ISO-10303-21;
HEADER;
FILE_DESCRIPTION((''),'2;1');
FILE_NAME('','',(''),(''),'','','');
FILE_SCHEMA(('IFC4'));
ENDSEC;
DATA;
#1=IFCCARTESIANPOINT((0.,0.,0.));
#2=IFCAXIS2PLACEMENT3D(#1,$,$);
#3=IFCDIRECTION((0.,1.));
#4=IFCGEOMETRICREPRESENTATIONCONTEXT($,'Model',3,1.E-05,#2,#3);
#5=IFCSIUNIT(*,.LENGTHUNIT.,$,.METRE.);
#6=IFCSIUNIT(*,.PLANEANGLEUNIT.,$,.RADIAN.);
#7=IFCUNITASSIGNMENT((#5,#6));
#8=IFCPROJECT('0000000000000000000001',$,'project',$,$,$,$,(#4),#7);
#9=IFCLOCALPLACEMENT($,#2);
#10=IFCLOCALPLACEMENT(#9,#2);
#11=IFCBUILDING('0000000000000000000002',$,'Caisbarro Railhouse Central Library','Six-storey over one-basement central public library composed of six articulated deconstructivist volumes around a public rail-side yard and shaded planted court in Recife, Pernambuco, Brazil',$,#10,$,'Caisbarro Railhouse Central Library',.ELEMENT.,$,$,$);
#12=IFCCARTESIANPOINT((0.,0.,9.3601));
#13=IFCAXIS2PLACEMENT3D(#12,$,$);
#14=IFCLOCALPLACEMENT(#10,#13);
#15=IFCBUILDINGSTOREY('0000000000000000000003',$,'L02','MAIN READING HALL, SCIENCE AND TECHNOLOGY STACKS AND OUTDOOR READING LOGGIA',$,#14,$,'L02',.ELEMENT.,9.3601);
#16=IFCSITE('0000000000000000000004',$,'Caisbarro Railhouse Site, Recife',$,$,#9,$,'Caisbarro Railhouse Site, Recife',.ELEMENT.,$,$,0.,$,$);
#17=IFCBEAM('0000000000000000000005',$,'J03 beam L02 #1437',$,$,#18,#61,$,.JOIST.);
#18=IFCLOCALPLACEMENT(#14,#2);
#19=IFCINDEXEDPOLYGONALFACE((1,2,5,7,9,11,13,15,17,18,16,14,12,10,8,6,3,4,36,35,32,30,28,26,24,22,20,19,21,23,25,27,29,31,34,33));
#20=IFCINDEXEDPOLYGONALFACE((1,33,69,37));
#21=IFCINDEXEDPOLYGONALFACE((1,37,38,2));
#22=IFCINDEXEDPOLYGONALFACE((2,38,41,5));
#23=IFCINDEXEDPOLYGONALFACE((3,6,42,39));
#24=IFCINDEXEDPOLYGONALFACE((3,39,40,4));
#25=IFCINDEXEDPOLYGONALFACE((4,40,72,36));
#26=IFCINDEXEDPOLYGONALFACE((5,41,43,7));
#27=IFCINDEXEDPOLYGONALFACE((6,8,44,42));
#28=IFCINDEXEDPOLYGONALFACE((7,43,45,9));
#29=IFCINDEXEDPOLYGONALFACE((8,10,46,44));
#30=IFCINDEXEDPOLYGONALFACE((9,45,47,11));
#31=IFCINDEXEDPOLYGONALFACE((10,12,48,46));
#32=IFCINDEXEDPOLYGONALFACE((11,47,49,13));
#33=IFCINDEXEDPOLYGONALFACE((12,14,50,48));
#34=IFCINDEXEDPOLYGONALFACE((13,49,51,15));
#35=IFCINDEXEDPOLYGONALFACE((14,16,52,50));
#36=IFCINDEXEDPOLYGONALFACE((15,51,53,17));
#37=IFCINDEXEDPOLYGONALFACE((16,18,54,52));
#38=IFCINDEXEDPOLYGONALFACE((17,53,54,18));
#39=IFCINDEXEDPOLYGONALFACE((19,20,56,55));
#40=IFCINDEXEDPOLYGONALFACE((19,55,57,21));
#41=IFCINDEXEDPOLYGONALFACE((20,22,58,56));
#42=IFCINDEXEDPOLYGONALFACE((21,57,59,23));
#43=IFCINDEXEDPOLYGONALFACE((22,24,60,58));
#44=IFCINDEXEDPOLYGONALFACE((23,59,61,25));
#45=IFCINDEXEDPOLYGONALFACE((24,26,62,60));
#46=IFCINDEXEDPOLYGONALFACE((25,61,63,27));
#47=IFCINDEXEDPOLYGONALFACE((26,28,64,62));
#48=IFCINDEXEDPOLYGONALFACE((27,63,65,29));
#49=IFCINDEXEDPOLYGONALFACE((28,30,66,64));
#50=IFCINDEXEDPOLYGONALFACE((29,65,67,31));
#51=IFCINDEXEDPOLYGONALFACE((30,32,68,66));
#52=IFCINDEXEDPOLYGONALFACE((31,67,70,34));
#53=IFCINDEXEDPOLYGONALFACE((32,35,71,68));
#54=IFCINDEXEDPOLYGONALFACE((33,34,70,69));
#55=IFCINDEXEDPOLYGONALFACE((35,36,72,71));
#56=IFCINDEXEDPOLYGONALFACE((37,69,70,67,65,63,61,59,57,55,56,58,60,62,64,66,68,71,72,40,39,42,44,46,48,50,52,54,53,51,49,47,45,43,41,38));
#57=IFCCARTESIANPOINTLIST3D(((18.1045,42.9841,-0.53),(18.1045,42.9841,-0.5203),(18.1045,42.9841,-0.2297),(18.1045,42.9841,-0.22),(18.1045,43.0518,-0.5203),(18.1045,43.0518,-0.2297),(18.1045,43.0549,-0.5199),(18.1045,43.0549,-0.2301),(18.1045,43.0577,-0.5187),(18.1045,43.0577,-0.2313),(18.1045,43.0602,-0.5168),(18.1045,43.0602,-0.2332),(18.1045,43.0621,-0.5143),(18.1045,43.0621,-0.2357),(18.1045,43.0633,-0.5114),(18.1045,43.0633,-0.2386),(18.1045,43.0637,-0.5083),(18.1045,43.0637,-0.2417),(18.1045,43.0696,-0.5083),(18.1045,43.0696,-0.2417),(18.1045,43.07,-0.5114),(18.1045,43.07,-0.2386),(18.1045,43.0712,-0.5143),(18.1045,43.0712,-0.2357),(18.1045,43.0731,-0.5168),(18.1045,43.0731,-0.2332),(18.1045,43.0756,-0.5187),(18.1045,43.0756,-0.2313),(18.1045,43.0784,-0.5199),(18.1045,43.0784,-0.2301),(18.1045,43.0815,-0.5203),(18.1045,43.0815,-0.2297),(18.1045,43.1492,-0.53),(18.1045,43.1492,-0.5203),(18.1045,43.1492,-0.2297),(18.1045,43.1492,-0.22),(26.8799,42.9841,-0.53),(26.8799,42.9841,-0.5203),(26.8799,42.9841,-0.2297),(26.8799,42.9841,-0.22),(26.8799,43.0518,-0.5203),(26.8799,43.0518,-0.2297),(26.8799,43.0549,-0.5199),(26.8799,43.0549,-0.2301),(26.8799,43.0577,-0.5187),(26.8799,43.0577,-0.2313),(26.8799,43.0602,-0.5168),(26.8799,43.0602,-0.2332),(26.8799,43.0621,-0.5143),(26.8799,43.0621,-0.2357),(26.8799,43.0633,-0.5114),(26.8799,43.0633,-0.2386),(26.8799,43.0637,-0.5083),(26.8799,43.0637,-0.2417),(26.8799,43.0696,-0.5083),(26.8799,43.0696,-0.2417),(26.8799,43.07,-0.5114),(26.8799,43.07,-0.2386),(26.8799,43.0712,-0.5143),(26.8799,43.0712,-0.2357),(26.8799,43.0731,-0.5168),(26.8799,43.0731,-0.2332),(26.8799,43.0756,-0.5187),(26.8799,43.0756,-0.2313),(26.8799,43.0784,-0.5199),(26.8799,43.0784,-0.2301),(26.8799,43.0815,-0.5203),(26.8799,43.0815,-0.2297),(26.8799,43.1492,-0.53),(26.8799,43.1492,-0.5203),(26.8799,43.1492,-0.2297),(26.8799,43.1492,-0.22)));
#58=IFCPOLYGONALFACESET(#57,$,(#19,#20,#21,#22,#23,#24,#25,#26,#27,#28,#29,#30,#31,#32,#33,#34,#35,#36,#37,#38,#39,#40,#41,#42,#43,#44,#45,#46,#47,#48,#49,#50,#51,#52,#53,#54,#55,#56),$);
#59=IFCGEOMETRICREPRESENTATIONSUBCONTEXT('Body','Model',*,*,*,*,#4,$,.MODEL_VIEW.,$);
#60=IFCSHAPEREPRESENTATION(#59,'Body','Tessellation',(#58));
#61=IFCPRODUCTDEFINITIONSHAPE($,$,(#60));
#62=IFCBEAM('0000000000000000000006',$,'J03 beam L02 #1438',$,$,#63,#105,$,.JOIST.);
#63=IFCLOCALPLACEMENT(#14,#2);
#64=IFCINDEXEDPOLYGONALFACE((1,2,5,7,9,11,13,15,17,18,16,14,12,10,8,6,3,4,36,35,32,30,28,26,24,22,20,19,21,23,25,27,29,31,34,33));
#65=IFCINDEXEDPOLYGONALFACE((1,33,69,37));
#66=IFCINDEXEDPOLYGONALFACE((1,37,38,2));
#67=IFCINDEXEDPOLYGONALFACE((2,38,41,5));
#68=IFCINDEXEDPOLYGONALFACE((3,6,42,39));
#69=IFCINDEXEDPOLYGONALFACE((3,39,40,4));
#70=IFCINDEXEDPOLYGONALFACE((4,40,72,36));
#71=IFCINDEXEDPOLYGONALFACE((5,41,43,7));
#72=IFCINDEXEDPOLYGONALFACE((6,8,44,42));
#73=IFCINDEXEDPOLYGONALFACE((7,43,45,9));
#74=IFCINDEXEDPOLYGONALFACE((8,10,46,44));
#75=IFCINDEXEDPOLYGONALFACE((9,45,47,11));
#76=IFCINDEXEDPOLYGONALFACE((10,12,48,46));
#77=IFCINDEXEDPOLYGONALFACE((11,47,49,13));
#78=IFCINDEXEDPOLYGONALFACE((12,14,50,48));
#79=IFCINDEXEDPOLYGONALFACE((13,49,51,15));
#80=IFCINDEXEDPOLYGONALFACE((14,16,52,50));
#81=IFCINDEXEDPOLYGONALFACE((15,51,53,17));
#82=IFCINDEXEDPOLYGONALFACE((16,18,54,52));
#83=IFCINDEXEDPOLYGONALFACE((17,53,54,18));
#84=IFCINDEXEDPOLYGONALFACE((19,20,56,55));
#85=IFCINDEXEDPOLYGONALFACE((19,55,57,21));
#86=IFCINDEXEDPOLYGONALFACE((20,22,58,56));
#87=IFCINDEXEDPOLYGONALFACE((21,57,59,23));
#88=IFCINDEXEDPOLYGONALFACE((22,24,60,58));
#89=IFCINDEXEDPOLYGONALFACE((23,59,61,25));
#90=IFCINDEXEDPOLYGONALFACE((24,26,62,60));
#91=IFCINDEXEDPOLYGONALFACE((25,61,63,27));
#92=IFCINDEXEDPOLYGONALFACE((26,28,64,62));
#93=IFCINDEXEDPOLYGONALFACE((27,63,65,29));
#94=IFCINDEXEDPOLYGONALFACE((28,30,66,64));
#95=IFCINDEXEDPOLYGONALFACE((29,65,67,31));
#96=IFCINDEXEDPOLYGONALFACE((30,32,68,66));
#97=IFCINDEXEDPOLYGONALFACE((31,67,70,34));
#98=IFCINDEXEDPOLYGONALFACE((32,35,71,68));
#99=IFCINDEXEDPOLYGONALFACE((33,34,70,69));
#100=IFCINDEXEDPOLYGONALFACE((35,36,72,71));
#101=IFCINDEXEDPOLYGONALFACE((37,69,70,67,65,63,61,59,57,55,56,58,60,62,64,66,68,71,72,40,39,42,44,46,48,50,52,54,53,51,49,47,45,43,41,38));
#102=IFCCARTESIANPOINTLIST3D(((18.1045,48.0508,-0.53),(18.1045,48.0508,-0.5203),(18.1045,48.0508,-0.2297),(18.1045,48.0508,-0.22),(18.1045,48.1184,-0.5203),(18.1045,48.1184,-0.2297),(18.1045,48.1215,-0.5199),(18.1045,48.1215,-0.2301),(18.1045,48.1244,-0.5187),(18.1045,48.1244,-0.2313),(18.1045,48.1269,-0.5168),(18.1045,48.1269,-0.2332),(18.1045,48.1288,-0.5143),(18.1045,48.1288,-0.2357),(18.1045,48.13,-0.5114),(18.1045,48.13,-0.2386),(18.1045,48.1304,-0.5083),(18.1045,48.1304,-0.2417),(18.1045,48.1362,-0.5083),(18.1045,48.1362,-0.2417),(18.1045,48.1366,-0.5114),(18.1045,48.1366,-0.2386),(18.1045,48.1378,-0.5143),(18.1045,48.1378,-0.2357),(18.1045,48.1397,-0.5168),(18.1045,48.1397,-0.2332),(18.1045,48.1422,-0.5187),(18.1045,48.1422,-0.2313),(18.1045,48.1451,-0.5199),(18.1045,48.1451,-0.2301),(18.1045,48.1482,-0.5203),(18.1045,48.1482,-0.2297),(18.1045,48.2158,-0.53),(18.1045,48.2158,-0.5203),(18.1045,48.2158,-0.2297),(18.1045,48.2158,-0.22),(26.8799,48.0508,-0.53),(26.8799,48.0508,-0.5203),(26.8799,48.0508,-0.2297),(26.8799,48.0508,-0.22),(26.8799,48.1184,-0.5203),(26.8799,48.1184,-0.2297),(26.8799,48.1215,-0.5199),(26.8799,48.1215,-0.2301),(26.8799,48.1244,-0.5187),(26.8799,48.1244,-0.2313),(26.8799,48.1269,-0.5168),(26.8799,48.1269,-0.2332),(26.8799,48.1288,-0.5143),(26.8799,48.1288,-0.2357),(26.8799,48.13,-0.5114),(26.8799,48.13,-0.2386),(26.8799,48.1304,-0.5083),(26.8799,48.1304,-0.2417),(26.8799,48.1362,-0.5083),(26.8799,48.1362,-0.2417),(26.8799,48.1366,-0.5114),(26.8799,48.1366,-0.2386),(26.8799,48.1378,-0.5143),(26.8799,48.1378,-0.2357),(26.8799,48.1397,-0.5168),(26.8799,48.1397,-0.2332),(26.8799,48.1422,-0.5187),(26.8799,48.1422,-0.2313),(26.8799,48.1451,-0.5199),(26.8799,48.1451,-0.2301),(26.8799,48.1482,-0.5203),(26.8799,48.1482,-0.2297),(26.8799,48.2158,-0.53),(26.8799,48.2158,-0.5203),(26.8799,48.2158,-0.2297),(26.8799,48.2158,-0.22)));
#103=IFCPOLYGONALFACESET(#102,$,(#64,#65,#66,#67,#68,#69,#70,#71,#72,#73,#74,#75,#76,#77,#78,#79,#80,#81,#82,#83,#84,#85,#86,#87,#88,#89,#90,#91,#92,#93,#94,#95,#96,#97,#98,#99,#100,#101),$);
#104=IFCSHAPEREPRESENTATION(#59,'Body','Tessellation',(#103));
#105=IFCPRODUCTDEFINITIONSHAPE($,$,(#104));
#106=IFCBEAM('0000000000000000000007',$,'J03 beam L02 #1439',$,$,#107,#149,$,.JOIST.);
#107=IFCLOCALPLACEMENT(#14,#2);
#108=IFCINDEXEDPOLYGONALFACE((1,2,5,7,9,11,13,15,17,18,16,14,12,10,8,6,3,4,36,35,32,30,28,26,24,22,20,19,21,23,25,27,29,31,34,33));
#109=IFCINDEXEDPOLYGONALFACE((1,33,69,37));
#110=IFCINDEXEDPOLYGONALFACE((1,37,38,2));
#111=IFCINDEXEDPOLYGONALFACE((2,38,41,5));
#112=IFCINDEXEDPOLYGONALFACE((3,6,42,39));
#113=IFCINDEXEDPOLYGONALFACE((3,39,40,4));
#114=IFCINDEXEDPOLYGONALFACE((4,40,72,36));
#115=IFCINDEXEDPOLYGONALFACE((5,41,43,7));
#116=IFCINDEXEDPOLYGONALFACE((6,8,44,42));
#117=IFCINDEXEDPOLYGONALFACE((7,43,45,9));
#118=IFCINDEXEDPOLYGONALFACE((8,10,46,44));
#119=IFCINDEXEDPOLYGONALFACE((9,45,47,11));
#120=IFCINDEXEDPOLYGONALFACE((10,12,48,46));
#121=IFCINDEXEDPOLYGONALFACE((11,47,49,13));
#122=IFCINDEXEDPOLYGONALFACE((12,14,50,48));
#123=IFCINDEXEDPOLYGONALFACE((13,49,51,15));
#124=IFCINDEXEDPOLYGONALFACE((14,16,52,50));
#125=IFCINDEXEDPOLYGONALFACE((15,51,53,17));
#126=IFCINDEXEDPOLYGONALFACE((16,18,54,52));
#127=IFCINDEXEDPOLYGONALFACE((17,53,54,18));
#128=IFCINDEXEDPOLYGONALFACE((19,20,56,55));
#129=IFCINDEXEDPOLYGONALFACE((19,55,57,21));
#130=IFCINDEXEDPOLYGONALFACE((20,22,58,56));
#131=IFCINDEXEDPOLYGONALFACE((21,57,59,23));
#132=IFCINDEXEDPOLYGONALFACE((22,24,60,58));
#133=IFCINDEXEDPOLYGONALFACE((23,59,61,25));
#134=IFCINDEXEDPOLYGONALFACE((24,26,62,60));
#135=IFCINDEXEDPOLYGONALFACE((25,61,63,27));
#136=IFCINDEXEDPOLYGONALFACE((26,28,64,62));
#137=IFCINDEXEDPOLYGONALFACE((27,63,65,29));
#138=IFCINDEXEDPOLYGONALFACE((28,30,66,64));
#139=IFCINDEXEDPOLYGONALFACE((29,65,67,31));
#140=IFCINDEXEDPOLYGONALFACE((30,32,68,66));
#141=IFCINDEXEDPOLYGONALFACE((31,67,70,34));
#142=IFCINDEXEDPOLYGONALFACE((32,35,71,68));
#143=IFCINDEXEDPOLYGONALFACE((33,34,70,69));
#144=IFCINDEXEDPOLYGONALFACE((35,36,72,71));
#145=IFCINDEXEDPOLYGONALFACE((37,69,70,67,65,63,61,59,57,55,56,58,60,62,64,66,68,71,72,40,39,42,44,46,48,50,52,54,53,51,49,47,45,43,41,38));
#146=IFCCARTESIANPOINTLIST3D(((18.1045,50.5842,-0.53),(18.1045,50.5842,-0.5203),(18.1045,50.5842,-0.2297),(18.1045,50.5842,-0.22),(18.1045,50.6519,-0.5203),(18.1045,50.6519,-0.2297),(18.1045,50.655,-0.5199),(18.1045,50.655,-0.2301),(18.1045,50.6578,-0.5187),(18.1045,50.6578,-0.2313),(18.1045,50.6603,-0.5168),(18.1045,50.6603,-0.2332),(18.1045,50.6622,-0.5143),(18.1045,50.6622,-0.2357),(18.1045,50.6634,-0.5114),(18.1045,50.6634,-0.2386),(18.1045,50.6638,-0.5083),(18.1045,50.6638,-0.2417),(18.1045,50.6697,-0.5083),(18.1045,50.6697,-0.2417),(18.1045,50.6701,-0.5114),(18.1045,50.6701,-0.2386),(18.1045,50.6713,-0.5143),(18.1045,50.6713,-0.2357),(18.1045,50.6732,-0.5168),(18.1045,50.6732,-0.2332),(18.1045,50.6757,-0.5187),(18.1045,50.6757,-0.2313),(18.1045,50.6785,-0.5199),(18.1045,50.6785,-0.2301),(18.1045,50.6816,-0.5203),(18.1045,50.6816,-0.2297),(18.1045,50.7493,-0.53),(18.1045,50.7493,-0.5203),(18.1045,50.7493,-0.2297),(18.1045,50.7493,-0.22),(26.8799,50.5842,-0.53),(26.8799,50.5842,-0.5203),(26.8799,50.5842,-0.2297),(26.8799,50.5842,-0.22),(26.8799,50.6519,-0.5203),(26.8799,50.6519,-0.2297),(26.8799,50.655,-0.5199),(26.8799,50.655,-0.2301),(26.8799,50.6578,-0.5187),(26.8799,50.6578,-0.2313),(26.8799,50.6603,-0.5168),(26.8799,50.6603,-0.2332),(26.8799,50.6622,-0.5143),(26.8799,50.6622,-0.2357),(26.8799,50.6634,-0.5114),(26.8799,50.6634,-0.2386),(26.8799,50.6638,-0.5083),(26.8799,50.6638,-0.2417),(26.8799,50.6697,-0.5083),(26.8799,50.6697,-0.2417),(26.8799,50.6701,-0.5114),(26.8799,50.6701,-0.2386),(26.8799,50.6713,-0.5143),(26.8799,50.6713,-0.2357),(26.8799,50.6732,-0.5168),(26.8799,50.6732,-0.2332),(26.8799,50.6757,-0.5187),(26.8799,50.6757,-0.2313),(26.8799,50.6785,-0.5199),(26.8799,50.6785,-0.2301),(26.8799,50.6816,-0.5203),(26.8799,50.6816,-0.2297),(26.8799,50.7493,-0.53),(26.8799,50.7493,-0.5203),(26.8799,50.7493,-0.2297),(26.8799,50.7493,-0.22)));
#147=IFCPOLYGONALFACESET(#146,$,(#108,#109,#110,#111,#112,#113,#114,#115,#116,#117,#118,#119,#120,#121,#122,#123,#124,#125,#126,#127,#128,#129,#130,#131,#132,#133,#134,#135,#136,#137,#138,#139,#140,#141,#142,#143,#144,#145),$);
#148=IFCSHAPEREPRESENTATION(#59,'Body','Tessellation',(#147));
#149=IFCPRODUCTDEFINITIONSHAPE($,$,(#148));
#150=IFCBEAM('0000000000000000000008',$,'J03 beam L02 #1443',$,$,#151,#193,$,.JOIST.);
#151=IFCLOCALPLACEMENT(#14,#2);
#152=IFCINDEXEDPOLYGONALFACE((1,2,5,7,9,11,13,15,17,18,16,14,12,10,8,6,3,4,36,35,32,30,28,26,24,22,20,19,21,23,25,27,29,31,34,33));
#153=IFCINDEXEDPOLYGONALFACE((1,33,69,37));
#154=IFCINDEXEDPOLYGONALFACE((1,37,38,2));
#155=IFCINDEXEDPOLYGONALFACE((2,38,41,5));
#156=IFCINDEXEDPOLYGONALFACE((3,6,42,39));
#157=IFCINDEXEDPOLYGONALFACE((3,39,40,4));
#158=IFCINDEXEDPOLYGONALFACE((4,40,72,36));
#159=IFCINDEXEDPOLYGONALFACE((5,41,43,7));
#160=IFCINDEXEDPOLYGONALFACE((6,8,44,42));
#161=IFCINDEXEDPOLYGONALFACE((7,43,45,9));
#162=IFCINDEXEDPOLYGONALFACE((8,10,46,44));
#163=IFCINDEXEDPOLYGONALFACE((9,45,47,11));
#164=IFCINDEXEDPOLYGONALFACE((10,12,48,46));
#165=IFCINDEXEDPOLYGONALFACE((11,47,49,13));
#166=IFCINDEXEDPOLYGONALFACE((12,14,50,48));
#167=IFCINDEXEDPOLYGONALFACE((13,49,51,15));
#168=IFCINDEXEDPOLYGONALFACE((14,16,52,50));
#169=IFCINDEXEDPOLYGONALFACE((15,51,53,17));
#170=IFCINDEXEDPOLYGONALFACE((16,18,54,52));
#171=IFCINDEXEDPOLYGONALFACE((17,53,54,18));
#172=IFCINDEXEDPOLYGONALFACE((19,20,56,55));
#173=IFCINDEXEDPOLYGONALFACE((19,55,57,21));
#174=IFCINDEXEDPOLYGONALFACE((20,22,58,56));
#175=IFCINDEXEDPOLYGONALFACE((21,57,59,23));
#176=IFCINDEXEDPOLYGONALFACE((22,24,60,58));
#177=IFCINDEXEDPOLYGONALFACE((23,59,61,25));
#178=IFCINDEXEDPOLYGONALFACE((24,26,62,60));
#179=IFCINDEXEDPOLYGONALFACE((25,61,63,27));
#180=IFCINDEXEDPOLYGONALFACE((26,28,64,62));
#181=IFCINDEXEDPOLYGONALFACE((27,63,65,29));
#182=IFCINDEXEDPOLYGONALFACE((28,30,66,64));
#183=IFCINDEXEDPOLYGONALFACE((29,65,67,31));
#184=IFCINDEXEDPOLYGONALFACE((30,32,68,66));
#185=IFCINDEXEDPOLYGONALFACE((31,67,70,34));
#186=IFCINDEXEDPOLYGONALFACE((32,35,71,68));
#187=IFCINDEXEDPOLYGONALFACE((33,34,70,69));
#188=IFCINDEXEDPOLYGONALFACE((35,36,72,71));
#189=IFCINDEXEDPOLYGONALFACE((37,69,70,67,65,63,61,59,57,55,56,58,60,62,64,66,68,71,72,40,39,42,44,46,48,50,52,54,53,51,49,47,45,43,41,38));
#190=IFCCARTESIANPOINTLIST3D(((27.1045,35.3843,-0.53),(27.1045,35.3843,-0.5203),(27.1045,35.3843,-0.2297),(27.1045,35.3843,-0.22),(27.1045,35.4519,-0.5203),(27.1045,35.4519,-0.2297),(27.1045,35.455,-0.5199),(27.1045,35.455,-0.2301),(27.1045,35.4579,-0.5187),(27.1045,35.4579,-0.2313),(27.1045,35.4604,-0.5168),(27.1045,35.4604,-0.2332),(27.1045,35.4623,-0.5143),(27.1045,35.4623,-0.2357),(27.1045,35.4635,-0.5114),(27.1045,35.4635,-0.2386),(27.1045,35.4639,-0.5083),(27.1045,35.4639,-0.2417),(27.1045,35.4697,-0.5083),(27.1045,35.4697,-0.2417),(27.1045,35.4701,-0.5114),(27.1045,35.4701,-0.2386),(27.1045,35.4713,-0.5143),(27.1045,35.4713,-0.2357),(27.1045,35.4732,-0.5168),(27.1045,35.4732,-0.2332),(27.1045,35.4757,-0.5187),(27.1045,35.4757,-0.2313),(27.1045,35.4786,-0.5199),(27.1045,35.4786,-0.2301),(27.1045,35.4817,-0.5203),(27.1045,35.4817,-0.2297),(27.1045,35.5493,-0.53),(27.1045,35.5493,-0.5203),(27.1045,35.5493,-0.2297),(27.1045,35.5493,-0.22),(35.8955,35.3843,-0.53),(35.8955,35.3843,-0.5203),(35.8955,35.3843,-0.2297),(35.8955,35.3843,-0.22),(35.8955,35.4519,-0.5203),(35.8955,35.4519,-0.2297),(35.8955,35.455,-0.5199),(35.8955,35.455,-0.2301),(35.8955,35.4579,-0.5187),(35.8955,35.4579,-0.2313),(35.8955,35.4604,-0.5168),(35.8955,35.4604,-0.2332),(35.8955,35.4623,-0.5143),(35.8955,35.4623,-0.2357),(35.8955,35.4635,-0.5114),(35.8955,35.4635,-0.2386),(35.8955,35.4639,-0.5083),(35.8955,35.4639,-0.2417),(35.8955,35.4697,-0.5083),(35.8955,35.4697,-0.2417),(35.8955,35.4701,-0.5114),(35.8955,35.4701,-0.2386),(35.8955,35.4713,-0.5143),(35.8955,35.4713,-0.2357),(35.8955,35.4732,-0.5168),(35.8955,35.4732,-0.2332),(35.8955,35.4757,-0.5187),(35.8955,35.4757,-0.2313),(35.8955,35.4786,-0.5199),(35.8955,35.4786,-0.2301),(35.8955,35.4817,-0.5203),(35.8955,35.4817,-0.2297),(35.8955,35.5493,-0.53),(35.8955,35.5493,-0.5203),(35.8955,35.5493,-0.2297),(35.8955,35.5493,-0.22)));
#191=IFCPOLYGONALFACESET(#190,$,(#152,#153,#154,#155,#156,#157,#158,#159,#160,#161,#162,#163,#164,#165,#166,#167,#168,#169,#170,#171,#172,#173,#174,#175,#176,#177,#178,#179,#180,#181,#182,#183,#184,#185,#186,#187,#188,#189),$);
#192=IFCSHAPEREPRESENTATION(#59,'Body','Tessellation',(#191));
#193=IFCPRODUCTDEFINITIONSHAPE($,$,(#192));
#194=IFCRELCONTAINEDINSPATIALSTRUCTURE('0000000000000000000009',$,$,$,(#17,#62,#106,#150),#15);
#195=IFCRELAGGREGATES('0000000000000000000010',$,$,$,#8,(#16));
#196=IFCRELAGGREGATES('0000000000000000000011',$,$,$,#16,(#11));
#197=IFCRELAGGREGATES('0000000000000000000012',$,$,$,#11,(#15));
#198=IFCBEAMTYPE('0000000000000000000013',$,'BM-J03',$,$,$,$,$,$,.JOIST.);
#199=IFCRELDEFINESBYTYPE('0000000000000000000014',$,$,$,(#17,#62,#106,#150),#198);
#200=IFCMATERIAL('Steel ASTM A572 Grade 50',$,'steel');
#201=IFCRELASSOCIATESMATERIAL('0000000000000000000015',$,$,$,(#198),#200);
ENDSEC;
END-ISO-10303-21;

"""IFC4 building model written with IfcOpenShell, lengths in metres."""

from ifc_helpers import new_model, si_unit, direction, frame, origin, origin_2d, place, context, subcontext, project, spatial, i_section, extrude, material, material_profile, profile_set, type_object, element, save


model = new_model("IFC4")

# Units and contexts
model_context = context("Model", 3, precision=1e-05, world=origin(), true_north=direction((0.0, 1.0)))
body_context = subcontext(model_context, "Body", "Model", "MODEL_VIEW")
ifc_project = project(units=[si_unit("LENGTHUNIT", "METRE"), si_unit("PLANEANGLEUNIT", "RADIAN")], contexts=[model_context])

# Site, building, storey
site_placement = place(None, origin())
site = spatial("IfcSite", under=ifc_project, at=site_placement, Name="Caisbarro Railhouse Site, Recife", LongName="Caisbarro Railhouse Site, Recife", CompositionType="ELEMENT", RefElevation=0.0)
building_placement = place(site_placement, origin())
building = spatial("IfcBuilding", under=site, at=building_placement, Name="Caisbarro Railhouse Central Library", Description="Six-storey over one-basement central public library composed of six articulated deconstructivist volumes around a public rail-side yard and shaded planted court in Recife, Pernambuco, Brazil", LongName="Caisbarro Railhouse Central Library", CompositionType="ELEMENT")
storey_placement = place(building_placement, frame((0.0, 0.0, 9.3601)))
storey = spatial("IfcBuildingStorey", under=building, at=storey_placement, Name="L02", Description="MAIN READING HALL, SCIENCE AND TECHNOLOGY STACKS AND OUTDOOR READING LOGGIA", LongName="L02", CompositionType="ELEMENT", Elevation=9.3601)

# Beams
ifc_material_1 = material(Name="Steel ASTM A572 Grade 50", Category="steel")
ifc_material_profile_1 = material_profile(ifc_material_1, i_section(OverallWidth=0.165, OverallDepth=0.3101, WebThickness=0.0059, FlangeThickness=0.0098, FilletRadius=0.012, at=origin_2d()), Name="W310X38.7")
ifc_profile_set_1 = profile_set([ifc_material_profile_1], Name="Steel ASTM A572 Grade 50")
beam_type_1 = type_object("IfcBeamType", Name="BM-J03", PredefinedType="JOIST", material=ifc_profile_set_1)
for number, where, z_axis, x_axis, name in (
    (1, (18.1045, 43.0667, -0.375), (1.0, 0.0, 0.0), (0.0, 1.0, 0.0), "J03 beam L02 #1437"),
    (2, (18.1045, 48.1333, -0.375), (1.0, 0.0, 0.0), (0.0, 1.0, 0.0), "J03 beam L02 #1438"),
    (3, (18.1045, 50.6667, -0.375), (1.0, 0.0, 0.0), (0.0, 1.0, 0.0), "J03 beam L02 #1439"),
):
    element("IfcBeam", number, at=place(storey_placement, frame(where, z_axis=z_axis, x_axis=x_axis)), inside=storey, type_object=beam_type_1, Name=name, PredefinedType="JOIST", context=body_context, shape_type="SweptSolid", body=[
        extrude(i_section(OverallWidth=0.165, OverallDepth=0.3101, WebThickness=0.0059, FlangeThickness=0.0098, FilletRadius=0.012, at=origin_2d()), origin(), (0.0, 0.0, 1.0), 8.7754),
    ])
beam_1_placement = place(storey_placement, frame((27.1045, 35.4668, -0.375), z_axis=(1.0, 0.0, 0.0), x_axis=(0.0, 1.0, 0.0)))
element("IfcBeam", 4, at=beam_1_placement, inside=storey, type_object=beam_type_1, Name="J03 beam L02 #1443", PredefinedType="JOIST", context=body_context, shape_type="SweptSolid", body=[
    extrude(i_section(OverallWidth=0.165, OverallDepth=0.3101, WebThickness=0.0059, FlangeThickness=0.0098, FilletRadius=0.012, at=origin_2d()), origin(), (0.0, 0.0, 1.0), 8.791),
])

save(model, "model.ifc")
